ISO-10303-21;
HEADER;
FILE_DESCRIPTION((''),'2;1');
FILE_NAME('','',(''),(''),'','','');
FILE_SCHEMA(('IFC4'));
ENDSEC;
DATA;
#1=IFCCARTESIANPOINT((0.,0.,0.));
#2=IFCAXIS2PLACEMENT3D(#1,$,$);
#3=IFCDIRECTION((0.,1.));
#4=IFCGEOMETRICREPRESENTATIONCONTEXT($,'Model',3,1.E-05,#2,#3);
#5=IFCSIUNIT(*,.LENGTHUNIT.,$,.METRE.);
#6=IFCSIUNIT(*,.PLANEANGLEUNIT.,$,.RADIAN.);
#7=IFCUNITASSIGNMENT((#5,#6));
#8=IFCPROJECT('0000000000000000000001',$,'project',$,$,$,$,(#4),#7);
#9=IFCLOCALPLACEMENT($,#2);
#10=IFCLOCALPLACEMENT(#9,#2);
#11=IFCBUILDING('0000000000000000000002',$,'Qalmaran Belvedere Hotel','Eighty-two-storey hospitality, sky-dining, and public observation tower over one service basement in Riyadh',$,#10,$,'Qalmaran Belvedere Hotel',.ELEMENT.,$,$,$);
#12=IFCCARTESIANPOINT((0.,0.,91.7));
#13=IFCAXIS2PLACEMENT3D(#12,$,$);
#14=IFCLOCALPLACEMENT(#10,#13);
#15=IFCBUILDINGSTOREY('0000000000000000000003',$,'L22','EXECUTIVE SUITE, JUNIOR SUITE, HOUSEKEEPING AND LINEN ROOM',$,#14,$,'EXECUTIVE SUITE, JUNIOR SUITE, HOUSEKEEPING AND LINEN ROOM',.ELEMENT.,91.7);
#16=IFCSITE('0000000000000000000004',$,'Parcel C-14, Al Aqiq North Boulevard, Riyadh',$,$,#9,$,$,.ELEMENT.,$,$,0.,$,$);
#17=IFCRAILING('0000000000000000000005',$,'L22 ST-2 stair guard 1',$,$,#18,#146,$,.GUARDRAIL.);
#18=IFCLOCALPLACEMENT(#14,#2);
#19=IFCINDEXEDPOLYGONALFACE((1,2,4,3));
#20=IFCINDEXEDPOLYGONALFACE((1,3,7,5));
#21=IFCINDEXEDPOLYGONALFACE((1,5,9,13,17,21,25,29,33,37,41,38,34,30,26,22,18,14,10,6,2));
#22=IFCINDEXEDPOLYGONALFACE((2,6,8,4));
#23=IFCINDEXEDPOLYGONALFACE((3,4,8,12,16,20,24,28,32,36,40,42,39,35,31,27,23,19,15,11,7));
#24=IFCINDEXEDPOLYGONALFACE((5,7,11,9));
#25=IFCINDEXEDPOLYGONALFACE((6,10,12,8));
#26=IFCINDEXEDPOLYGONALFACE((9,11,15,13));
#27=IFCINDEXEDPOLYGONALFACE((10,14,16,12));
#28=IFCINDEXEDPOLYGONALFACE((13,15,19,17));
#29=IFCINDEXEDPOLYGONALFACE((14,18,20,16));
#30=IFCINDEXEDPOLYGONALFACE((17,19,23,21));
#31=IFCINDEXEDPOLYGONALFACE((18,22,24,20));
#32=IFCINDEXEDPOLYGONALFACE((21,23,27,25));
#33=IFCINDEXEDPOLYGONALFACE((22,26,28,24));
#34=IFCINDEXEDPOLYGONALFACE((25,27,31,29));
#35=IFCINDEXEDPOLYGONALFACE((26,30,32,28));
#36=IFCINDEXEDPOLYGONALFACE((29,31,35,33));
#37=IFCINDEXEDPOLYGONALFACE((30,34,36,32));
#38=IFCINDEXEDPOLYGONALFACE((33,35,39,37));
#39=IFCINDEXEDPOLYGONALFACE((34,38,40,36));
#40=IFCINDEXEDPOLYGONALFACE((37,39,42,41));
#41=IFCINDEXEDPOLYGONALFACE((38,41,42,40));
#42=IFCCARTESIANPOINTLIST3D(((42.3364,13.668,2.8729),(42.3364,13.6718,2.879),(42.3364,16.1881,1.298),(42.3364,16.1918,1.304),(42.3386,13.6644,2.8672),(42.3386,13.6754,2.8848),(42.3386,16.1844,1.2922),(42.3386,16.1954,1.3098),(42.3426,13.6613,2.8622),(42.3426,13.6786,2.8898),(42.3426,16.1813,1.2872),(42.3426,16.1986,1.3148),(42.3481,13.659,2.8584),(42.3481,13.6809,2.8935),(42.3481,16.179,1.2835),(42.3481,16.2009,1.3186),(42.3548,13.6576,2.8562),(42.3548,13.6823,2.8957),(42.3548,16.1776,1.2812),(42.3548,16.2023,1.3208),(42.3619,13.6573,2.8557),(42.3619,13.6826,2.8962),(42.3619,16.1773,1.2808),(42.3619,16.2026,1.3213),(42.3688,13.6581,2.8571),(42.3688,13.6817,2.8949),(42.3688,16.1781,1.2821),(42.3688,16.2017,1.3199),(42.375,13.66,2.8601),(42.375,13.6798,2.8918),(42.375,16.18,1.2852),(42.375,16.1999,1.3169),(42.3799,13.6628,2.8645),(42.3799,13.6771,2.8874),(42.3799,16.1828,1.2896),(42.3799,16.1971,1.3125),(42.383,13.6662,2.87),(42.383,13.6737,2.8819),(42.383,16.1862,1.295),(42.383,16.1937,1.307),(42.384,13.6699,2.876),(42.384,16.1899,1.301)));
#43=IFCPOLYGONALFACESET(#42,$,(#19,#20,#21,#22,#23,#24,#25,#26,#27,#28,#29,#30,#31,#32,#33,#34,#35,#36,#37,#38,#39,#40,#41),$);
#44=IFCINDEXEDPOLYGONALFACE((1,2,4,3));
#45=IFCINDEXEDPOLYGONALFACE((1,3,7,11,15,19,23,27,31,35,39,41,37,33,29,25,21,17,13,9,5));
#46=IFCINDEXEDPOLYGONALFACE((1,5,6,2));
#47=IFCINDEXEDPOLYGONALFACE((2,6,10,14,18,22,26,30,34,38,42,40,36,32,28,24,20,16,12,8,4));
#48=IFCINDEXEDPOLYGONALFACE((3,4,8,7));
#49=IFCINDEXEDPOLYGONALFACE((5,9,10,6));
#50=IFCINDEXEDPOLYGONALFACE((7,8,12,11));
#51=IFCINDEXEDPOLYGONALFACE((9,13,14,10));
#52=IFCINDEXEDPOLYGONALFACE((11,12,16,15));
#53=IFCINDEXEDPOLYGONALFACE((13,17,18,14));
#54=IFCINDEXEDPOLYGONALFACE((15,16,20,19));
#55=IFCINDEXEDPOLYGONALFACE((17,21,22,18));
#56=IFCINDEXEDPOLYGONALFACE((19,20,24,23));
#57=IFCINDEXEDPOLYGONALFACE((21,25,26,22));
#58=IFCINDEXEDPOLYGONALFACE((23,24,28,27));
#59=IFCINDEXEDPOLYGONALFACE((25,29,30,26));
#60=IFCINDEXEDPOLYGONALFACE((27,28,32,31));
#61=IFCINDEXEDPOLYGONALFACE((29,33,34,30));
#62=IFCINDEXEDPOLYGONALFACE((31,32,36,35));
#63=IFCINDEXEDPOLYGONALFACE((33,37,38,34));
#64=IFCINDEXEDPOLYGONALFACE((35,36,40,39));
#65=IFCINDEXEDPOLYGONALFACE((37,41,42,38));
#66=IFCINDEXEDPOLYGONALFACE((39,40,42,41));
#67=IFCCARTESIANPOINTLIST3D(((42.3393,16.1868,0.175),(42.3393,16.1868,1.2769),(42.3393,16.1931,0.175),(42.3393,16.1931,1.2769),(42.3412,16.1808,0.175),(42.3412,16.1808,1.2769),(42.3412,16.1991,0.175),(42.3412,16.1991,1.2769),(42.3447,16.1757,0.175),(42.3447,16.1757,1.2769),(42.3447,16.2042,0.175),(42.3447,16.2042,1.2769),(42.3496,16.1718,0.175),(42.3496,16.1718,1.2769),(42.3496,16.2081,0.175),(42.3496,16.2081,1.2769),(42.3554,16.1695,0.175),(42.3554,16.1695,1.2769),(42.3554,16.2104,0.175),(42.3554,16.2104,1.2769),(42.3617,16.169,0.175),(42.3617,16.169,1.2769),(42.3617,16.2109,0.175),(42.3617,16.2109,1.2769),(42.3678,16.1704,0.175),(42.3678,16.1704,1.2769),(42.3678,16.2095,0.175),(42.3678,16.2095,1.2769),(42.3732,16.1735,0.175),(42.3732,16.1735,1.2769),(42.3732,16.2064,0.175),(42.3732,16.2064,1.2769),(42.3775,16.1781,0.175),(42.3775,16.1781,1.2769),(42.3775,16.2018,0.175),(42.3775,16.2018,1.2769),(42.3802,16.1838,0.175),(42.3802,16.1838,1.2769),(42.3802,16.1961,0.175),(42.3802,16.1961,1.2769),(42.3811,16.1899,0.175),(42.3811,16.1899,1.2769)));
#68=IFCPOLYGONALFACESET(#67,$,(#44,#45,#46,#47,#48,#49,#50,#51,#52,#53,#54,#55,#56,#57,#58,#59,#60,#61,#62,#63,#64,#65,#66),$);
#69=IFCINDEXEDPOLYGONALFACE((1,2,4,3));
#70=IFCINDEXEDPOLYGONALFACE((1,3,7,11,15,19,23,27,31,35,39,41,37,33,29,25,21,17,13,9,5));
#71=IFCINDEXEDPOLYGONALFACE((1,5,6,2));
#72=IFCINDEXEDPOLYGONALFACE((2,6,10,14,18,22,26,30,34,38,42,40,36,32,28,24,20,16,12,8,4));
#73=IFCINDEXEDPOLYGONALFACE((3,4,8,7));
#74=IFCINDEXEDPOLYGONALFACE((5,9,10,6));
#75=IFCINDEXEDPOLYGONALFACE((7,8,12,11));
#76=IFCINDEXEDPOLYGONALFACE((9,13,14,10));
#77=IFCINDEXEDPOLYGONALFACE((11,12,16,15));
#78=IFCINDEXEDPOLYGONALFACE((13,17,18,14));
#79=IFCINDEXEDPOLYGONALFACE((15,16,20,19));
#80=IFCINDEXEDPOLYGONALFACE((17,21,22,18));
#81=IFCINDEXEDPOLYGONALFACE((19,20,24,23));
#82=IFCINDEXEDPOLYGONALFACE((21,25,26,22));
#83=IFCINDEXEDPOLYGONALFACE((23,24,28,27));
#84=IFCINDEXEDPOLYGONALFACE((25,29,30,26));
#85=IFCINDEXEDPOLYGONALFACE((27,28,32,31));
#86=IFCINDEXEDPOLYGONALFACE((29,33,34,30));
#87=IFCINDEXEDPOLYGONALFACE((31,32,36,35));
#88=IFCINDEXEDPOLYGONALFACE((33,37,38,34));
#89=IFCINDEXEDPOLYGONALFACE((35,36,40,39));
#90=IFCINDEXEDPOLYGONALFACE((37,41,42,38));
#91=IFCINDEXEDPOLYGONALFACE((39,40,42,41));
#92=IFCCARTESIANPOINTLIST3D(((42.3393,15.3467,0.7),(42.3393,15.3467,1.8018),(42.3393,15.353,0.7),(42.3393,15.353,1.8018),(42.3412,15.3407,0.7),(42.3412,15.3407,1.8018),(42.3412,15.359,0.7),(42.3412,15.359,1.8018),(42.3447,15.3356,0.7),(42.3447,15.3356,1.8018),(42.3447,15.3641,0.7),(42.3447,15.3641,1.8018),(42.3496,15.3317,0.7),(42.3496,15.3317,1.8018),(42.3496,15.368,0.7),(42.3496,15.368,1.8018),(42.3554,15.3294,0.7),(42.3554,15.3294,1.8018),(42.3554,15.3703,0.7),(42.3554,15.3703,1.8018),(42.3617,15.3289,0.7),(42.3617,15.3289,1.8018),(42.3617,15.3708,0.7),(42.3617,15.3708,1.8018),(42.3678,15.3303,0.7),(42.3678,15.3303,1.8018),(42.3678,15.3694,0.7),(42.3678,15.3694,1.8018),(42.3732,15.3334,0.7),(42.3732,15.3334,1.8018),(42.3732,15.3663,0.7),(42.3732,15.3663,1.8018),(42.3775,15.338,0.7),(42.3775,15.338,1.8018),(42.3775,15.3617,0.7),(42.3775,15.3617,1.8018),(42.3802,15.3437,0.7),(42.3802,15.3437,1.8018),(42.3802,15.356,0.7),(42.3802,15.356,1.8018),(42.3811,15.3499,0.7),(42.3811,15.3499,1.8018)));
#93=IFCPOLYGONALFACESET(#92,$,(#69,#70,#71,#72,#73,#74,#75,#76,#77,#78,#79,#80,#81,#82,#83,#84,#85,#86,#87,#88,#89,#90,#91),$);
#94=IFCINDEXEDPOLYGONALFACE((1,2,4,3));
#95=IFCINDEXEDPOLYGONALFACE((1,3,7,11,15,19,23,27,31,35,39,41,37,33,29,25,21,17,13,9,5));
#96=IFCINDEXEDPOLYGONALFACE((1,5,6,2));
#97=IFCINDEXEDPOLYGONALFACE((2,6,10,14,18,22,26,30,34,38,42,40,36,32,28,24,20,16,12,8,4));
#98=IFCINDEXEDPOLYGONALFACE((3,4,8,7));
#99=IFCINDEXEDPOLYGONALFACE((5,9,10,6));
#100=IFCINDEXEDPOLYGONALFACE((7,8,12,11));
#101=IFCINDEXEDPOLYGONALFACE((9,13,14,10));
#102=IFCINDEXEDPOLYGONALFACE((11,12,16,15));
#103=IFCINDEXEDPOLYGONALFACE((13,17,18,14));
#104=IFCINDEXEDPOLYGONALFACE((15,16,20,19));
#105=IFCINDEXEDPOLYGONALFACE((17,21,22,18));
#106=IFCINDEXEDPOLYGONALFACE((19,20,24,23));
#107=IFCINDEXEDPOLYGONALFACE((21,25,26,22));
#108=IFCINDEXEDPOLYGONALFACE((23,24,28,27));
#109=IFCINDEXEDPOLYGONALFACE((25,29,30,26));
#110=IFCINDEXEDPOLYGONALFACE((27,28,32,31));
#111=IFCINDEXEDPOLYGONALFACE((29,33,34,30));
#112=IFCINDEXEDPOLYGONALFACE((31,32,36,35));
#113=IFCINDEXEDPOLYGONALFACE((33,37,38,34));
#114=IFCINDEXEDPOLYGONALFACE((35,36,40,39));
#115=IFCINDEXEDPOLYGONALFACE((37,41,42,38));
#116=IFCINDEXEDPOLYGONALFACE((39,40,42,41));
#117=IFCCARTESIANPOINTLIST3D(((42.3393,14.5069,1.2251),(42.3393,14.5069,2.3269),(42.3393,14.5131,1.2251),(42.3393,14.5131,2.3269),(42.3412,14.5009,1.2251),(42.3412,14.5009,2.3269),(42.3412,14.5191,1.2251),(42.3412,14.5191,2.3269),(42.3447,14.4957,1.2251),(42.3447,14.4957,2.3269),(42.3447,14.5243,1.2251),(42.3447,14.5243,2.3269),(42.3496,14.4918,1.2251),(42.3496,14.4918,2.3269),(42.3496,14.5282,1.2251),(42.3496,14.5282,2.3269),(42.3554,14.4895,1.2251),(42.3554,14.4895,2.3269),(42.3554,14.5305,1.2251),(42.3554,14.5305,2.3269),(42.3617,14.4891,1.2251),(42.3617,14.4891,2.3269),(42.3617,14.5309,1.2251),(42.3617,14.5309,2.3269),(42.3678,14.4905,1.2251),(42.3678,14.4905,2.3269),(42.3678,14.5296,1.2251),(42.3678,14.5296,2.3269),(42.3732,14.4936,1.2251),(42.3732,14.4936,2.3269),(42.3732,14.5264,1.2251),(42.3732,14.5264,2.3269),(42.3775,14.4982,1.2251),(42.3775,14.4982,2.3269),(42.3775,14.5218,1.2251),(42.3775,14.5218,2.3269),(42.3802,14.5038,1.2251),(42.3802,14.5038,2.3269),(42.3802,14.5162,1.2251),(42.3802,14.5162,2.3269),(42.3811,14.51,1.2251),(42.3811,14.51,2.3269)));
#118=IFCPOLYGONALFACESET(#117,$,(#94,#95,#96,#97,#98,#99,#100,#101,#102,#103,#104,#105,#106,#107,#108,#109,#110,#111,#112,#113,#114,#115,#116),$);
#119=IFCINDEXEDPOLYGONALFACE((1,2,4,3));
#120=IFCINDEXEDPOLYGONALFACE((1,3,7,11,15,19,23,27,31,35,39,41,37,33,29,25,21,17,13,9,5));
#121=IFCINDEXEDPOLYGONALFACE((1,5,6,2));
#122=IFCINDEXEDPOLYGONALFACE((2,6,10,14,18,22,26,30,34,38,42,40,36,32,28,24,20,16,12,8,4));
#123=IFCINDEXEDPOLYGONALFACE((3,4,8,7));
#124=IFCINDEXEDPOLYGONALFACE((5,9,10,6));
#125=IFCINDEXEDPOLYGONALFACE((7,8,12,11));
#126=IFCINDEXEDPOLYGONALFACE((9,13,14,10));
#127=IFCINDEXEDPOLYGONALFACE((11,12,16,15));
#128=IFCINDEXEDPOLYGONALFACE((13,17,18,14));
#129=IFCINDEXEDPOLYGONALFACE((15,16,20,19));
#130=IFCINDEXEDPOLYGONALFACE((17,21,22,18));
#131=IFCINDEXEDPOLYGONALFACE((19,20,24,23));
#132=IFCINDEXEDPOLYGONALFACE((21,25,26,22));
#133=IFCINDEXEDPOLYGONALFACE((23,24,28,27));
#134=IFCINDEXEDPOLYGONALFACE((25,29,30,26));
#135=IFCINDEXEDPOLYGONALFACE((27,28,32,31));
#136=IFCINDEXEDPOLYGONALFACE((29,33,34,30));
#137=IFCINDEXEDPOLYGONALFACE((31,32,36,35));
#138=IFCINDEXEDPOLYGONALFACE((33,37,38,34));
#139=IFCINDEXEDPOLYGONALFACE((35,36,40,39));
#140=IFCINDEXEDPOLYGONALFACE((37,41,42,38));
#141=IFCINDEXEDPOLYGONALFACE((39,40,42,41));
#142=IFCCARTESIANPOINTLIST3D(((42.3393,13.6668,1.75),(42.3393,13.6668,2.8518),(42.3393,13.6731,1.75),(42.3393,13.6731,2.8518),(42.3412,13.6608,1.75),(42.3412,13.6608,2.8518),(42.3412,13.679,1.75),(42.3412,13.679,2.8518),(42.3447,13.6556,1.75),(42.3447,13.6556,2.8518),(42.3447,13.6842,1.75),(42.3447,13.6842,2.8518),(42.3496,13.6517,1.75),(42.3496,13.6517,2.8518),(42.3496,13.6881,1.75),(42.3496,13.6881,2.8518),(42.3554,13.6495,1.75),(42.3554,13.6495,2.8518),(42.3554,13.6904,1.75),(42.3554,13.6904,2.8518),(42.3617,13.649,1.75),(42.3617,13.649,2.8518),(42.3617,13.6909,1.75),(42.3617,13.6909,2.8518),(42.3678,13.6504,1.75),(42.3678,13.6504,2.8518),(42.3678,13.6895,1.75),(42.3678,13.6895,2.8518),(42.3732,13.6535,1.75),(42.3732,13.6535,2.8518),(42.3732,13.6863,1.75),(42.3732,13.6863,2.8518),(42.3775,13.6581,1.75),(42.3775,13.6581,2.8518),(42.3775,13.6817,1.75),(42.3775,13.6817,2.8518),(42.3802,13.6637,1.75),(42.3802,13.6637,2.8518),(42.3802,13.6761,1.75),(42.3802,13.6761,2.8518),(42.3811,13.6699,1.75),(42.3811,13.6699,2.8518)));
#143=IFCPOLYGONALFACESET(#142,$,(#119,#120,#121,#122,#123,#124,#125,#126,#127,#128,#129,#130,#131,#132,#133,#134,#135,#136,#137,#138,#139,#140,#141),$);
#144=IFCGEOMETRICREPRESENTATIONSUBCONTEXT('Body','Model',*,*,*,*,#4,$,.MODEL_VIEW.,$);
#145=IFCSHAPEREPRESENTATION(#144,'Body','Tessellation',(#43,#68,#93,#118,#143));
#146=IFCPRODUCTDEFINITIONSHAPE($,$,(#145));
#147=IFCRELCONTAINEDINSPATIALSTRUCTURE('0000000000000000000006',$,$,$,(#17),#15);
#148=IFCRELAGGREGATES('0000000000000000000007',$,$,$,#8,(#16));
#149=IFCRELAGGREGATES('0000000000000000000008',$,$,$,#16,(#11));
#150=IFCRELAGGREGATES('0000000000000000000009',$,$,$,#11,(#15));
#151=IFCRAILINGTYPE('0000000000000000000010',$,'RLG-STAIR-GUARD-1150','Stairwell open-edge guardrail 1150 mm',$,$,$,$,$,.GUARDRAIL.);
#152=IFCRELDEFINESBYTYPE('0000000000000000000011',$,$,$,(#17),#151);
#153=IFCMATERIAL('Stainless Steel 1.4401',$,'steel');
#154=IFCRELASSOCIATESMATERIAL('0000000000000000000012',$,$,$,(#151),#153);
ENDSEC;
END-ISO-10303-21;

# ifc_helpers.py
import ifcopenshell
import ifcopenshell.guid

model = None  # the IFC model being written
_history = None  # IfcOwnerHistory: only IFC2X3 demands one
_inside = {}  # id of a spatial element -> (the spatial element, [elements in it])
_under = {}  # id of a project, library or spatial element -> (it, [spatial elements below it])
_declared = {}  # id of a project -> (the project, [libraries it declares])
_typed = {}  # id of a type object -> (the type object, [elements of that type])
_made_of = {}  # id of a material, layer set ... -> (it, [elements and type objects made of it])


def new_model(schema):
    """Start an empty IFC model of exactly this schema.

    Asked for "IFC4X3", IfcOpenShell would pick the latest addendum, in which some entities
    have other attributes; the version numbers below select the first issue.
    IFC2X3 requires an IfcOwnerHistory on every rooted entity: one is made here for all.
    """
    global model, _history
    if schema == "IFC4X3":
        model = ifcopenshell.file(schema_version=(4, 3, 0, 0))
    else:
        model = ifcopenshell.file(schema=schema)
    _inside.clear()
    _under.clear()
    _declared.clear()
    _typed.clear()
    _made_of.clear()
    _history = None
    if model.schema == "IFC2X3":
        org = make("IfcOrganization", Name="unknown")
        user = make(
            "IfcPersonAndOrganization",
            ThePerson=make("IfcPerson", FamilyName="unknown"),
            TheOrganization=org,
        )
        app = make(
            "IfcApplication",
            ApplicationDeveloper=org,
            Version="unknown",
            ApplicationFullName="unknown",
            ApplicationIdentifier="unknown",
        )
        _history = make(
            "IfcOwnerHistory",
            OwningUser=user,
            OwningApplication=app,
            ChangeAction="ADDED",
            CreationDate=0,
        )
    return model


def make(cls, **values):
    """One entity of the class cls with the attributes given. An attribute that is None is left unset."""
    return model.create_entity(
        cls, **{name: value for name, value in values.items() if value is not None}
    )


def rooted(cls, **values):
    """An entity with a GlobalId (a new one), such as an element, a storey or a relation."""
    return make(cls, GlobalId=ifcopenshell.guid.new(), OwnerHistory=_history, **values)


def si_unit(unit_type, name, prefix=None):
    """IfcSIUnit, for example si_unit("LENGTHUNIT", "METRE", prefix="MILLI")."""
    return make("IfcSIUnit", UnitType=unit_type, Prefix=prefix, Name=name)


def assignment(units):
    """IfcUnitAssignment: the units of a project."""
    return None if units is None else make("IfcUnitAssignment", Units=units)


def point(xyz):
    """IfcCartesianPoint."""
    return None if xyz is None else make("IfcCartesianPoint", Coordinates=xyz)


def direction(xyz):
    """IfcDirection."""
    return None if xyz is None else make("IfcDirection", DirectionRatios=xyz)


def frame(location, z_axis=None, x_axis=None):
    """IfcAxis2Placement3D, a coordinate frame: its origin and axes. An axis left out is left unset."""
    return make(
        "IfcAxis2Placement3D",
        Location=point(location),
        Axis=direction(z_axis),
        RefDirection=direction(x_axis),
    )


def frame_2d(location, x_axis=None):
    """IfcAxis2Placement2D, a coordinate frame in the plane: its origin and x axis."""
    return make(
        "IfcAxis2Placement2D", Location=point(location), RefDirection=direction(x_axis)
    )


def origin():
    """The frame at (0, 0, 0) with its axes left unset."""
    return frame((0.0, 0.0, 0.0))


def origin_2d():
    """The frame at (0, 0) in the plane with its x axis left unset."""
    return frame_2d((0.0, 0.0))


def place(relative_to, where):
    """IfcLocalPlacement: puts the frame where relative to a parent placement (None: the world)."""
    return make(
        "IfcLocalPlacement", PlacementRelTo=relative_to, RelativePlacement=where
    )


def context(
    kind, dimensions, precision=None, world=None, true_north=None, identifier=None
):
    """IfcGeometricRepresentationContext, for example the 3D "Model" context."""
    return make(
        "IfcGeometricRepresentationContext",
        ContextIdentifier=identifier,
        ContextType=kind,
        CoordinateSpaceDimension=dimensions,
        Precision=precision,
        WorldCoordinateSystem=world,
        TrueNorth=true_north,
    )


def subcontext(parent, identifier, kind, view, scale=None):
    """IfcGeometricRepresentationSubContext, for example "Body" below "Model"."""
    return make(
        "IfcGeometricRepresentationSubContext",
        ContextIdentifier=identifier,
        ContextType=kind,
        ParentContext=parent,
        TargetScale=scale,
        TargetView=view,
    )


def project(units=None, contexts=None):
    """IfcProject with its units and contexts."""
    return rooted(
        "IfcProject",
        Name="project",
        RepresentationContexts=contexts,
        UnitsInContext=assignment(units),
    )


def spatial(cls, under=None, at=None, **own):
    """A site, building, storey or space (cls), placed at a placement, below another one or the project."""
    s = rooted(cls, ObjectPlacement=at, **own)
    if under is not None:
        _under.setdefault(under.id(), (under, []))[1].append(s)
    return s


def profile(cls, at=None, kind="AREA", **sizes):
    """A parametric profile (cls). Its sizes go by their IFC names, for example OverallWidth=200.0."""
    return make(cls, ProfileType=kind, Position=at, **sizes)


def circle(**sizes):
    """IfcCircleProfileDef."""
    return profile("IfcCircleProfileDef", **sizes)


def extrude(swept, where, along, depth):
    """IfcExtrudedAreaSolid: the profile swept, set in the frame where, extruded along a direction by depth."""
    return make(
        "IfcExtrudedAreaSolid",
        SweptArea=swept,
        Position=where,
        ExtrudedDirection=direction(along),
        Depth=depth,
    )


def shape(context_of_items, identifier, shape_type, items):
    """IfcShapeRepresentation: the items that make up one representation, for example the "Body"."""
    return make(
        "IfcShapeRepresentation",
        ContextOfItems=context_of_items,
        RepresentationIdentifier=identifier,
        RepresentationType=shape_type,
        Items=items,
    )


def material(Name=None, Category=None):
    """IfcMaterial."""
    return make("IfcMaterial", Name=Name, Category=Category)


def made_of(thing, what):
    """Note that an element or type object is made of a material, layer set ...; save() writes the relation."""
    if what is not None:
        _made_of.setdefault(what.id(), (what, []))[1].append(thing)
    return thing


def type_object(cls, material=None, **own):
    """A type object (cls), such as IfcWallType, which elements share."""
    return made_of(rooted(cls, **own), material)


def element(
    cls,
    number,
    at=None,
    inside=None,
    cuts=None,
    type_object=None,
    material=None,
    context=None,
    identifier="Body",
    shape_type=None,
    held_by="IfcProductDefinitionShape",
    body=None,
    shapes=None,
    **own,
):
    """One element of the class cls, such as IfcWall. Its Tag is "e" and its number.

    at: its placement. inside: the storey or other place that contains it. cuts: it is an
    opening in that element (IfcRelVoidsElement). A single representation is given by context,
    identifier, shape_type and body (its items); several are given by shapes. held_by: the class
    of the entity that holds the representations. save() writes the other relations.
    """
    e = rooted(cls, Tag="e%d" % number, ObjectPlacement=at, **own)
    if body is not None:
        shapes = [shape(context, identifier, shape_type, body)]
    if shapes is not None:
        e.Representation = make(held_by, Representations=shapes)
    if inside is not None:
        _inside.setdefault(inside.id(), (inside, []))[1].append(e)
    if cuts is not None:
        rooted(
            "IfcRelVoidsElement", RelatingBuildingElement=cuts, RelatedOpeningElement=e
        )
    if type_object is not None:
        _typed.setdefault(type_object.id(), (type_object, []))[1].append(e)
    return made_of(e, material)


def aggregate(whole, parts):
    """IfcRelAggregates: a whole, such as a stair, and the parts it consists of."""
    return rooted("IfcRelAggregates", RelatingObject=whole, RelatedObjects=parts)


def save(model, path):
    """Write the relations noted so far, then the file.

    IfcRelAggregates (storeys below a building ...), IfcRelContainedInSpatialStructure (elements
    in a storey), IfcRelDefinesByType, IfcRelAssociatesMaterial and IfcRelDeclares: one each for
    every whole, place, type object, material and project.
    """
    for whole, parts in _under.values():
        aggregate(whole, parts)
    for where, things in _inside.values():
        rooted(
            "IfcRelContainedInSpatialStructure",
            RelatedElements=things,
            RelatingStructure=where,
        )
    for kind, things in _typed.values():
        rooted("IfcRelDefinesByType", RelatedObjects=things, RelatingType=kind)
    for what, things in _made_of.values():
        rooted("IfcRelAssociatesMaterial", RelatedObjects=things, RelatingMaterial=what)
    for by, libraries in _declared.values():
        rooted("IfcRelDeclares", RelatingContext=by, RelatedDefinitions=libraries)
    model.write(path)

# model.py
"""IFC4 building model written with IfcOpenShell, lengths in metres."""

from ifc_helpers import new_model, si_unit, direction, frame, origin, origin_2d, place, context, subcontext, project, spatial, circle, extrude, material, type_object, element, save


model = new_model("IFC4")

# Units and contexts
model_context = context("Model", 3, precision=1e-05, world=origin(), true_north=direction((0.0, 1.0)))
body_context = subcontext(model_context, "Body", "Model", "MODEL_VIEW")
ifc_project = project(units=[si_unit("LENGTHUNIT", "METRE"), si_unit("PLANEANGLEUNIT", "RADIAN")], contexts=[model_context])

# Site, building, storey
site_placement = place(None, origin())
site = spatial("IfcSite", under=ifc_project, at=site_placement, Name="Parcel C-14, Al Aqiq North Boulevard, Riyadh", CompositionType="ELEMENT", RefElevation=0.0)
building_placement = place(site_placement, origin())
building = spatial("IfcBuilding", under=site, at=building_placement, Name="Qalmaran Belvedere Hotel", Description="Eighty-two-storey hospitality, sky-dining, and public observation tower over one service basement in Riyadh", LongName="Qalmaran Belvedere Hotel", CompositionType="ELEMENT")
storey_placement = place(building_placement, frame((0.0, 0.0, 91.7)))
storey = spatial("IfcBuildingStorey", under=building, at=storey_placement, Name="L22", Description="EXECUTIVE SUITE, JUNIOR SUITE, HOUSEKEEPING AND LINEN ROOM", LongName="EXECUTIVE SUITE, JUNIOR SUITE, HOUSEKEEPING AND LINEN ROOM", CompositionType="ELEMENT", Elevation=91.7)

# Shared definitions
ifc_material_1 = material(Name="Stainless Steel 1.4401", Category="steel")

# Railing
railing_type_1 = type_object("IfcRailingType", Name="RLG-STAIR-GUARD-1150", Description="Stairwell open-edge guardrail 1150 mm", PredefinedType="GUARDRAIL", material=ifc_material_1)
railing_1_placement = place(storey_placement, frame((42.3601, 16.1899, 0.175)))
element("IfcRailing", 1, at=railing_1_placement, inside=storey, type_object=railing_type_1, Name="L22 ST-2 stair guard 1", PredefinedType="GUARDRAIL", context=body_context, shape_type="SweptSolid", body=[
    extrude(circle(Radius=0.0239, at=origin_2d()), frame((0.0, 0.0, 1.126), z_axis=(0.0, -0.848008, 0.529984), x_axis=(1.0, 0.0, 0.0)), (0.0, 0.0, 1.0), 2.9717),
    extrude(circle(Radius=0.021, at=origin_2d()), origin(), (0.0, 0.0, 1.0), 1.1018),
    extrude(circle(Radius=0.021, at=origin_2d()), frame((0.0, -0.8401, 0.5249)), (0.0, 0.0, 1.0), 1.1018),
    extrude(circle(Radius=0.021, at=origin_2d()), frame((0.0, -1.6799, 1.05)), (0.0, 0.0, 1.0), 1.1018),
    extrude(circle(Radius=0.021, at=origin_2d()), frame((0.0, -2.52, 1.575)), (0.0, 0.0, 1.0), 1.1018),
])

save(model, "model.ifc")
